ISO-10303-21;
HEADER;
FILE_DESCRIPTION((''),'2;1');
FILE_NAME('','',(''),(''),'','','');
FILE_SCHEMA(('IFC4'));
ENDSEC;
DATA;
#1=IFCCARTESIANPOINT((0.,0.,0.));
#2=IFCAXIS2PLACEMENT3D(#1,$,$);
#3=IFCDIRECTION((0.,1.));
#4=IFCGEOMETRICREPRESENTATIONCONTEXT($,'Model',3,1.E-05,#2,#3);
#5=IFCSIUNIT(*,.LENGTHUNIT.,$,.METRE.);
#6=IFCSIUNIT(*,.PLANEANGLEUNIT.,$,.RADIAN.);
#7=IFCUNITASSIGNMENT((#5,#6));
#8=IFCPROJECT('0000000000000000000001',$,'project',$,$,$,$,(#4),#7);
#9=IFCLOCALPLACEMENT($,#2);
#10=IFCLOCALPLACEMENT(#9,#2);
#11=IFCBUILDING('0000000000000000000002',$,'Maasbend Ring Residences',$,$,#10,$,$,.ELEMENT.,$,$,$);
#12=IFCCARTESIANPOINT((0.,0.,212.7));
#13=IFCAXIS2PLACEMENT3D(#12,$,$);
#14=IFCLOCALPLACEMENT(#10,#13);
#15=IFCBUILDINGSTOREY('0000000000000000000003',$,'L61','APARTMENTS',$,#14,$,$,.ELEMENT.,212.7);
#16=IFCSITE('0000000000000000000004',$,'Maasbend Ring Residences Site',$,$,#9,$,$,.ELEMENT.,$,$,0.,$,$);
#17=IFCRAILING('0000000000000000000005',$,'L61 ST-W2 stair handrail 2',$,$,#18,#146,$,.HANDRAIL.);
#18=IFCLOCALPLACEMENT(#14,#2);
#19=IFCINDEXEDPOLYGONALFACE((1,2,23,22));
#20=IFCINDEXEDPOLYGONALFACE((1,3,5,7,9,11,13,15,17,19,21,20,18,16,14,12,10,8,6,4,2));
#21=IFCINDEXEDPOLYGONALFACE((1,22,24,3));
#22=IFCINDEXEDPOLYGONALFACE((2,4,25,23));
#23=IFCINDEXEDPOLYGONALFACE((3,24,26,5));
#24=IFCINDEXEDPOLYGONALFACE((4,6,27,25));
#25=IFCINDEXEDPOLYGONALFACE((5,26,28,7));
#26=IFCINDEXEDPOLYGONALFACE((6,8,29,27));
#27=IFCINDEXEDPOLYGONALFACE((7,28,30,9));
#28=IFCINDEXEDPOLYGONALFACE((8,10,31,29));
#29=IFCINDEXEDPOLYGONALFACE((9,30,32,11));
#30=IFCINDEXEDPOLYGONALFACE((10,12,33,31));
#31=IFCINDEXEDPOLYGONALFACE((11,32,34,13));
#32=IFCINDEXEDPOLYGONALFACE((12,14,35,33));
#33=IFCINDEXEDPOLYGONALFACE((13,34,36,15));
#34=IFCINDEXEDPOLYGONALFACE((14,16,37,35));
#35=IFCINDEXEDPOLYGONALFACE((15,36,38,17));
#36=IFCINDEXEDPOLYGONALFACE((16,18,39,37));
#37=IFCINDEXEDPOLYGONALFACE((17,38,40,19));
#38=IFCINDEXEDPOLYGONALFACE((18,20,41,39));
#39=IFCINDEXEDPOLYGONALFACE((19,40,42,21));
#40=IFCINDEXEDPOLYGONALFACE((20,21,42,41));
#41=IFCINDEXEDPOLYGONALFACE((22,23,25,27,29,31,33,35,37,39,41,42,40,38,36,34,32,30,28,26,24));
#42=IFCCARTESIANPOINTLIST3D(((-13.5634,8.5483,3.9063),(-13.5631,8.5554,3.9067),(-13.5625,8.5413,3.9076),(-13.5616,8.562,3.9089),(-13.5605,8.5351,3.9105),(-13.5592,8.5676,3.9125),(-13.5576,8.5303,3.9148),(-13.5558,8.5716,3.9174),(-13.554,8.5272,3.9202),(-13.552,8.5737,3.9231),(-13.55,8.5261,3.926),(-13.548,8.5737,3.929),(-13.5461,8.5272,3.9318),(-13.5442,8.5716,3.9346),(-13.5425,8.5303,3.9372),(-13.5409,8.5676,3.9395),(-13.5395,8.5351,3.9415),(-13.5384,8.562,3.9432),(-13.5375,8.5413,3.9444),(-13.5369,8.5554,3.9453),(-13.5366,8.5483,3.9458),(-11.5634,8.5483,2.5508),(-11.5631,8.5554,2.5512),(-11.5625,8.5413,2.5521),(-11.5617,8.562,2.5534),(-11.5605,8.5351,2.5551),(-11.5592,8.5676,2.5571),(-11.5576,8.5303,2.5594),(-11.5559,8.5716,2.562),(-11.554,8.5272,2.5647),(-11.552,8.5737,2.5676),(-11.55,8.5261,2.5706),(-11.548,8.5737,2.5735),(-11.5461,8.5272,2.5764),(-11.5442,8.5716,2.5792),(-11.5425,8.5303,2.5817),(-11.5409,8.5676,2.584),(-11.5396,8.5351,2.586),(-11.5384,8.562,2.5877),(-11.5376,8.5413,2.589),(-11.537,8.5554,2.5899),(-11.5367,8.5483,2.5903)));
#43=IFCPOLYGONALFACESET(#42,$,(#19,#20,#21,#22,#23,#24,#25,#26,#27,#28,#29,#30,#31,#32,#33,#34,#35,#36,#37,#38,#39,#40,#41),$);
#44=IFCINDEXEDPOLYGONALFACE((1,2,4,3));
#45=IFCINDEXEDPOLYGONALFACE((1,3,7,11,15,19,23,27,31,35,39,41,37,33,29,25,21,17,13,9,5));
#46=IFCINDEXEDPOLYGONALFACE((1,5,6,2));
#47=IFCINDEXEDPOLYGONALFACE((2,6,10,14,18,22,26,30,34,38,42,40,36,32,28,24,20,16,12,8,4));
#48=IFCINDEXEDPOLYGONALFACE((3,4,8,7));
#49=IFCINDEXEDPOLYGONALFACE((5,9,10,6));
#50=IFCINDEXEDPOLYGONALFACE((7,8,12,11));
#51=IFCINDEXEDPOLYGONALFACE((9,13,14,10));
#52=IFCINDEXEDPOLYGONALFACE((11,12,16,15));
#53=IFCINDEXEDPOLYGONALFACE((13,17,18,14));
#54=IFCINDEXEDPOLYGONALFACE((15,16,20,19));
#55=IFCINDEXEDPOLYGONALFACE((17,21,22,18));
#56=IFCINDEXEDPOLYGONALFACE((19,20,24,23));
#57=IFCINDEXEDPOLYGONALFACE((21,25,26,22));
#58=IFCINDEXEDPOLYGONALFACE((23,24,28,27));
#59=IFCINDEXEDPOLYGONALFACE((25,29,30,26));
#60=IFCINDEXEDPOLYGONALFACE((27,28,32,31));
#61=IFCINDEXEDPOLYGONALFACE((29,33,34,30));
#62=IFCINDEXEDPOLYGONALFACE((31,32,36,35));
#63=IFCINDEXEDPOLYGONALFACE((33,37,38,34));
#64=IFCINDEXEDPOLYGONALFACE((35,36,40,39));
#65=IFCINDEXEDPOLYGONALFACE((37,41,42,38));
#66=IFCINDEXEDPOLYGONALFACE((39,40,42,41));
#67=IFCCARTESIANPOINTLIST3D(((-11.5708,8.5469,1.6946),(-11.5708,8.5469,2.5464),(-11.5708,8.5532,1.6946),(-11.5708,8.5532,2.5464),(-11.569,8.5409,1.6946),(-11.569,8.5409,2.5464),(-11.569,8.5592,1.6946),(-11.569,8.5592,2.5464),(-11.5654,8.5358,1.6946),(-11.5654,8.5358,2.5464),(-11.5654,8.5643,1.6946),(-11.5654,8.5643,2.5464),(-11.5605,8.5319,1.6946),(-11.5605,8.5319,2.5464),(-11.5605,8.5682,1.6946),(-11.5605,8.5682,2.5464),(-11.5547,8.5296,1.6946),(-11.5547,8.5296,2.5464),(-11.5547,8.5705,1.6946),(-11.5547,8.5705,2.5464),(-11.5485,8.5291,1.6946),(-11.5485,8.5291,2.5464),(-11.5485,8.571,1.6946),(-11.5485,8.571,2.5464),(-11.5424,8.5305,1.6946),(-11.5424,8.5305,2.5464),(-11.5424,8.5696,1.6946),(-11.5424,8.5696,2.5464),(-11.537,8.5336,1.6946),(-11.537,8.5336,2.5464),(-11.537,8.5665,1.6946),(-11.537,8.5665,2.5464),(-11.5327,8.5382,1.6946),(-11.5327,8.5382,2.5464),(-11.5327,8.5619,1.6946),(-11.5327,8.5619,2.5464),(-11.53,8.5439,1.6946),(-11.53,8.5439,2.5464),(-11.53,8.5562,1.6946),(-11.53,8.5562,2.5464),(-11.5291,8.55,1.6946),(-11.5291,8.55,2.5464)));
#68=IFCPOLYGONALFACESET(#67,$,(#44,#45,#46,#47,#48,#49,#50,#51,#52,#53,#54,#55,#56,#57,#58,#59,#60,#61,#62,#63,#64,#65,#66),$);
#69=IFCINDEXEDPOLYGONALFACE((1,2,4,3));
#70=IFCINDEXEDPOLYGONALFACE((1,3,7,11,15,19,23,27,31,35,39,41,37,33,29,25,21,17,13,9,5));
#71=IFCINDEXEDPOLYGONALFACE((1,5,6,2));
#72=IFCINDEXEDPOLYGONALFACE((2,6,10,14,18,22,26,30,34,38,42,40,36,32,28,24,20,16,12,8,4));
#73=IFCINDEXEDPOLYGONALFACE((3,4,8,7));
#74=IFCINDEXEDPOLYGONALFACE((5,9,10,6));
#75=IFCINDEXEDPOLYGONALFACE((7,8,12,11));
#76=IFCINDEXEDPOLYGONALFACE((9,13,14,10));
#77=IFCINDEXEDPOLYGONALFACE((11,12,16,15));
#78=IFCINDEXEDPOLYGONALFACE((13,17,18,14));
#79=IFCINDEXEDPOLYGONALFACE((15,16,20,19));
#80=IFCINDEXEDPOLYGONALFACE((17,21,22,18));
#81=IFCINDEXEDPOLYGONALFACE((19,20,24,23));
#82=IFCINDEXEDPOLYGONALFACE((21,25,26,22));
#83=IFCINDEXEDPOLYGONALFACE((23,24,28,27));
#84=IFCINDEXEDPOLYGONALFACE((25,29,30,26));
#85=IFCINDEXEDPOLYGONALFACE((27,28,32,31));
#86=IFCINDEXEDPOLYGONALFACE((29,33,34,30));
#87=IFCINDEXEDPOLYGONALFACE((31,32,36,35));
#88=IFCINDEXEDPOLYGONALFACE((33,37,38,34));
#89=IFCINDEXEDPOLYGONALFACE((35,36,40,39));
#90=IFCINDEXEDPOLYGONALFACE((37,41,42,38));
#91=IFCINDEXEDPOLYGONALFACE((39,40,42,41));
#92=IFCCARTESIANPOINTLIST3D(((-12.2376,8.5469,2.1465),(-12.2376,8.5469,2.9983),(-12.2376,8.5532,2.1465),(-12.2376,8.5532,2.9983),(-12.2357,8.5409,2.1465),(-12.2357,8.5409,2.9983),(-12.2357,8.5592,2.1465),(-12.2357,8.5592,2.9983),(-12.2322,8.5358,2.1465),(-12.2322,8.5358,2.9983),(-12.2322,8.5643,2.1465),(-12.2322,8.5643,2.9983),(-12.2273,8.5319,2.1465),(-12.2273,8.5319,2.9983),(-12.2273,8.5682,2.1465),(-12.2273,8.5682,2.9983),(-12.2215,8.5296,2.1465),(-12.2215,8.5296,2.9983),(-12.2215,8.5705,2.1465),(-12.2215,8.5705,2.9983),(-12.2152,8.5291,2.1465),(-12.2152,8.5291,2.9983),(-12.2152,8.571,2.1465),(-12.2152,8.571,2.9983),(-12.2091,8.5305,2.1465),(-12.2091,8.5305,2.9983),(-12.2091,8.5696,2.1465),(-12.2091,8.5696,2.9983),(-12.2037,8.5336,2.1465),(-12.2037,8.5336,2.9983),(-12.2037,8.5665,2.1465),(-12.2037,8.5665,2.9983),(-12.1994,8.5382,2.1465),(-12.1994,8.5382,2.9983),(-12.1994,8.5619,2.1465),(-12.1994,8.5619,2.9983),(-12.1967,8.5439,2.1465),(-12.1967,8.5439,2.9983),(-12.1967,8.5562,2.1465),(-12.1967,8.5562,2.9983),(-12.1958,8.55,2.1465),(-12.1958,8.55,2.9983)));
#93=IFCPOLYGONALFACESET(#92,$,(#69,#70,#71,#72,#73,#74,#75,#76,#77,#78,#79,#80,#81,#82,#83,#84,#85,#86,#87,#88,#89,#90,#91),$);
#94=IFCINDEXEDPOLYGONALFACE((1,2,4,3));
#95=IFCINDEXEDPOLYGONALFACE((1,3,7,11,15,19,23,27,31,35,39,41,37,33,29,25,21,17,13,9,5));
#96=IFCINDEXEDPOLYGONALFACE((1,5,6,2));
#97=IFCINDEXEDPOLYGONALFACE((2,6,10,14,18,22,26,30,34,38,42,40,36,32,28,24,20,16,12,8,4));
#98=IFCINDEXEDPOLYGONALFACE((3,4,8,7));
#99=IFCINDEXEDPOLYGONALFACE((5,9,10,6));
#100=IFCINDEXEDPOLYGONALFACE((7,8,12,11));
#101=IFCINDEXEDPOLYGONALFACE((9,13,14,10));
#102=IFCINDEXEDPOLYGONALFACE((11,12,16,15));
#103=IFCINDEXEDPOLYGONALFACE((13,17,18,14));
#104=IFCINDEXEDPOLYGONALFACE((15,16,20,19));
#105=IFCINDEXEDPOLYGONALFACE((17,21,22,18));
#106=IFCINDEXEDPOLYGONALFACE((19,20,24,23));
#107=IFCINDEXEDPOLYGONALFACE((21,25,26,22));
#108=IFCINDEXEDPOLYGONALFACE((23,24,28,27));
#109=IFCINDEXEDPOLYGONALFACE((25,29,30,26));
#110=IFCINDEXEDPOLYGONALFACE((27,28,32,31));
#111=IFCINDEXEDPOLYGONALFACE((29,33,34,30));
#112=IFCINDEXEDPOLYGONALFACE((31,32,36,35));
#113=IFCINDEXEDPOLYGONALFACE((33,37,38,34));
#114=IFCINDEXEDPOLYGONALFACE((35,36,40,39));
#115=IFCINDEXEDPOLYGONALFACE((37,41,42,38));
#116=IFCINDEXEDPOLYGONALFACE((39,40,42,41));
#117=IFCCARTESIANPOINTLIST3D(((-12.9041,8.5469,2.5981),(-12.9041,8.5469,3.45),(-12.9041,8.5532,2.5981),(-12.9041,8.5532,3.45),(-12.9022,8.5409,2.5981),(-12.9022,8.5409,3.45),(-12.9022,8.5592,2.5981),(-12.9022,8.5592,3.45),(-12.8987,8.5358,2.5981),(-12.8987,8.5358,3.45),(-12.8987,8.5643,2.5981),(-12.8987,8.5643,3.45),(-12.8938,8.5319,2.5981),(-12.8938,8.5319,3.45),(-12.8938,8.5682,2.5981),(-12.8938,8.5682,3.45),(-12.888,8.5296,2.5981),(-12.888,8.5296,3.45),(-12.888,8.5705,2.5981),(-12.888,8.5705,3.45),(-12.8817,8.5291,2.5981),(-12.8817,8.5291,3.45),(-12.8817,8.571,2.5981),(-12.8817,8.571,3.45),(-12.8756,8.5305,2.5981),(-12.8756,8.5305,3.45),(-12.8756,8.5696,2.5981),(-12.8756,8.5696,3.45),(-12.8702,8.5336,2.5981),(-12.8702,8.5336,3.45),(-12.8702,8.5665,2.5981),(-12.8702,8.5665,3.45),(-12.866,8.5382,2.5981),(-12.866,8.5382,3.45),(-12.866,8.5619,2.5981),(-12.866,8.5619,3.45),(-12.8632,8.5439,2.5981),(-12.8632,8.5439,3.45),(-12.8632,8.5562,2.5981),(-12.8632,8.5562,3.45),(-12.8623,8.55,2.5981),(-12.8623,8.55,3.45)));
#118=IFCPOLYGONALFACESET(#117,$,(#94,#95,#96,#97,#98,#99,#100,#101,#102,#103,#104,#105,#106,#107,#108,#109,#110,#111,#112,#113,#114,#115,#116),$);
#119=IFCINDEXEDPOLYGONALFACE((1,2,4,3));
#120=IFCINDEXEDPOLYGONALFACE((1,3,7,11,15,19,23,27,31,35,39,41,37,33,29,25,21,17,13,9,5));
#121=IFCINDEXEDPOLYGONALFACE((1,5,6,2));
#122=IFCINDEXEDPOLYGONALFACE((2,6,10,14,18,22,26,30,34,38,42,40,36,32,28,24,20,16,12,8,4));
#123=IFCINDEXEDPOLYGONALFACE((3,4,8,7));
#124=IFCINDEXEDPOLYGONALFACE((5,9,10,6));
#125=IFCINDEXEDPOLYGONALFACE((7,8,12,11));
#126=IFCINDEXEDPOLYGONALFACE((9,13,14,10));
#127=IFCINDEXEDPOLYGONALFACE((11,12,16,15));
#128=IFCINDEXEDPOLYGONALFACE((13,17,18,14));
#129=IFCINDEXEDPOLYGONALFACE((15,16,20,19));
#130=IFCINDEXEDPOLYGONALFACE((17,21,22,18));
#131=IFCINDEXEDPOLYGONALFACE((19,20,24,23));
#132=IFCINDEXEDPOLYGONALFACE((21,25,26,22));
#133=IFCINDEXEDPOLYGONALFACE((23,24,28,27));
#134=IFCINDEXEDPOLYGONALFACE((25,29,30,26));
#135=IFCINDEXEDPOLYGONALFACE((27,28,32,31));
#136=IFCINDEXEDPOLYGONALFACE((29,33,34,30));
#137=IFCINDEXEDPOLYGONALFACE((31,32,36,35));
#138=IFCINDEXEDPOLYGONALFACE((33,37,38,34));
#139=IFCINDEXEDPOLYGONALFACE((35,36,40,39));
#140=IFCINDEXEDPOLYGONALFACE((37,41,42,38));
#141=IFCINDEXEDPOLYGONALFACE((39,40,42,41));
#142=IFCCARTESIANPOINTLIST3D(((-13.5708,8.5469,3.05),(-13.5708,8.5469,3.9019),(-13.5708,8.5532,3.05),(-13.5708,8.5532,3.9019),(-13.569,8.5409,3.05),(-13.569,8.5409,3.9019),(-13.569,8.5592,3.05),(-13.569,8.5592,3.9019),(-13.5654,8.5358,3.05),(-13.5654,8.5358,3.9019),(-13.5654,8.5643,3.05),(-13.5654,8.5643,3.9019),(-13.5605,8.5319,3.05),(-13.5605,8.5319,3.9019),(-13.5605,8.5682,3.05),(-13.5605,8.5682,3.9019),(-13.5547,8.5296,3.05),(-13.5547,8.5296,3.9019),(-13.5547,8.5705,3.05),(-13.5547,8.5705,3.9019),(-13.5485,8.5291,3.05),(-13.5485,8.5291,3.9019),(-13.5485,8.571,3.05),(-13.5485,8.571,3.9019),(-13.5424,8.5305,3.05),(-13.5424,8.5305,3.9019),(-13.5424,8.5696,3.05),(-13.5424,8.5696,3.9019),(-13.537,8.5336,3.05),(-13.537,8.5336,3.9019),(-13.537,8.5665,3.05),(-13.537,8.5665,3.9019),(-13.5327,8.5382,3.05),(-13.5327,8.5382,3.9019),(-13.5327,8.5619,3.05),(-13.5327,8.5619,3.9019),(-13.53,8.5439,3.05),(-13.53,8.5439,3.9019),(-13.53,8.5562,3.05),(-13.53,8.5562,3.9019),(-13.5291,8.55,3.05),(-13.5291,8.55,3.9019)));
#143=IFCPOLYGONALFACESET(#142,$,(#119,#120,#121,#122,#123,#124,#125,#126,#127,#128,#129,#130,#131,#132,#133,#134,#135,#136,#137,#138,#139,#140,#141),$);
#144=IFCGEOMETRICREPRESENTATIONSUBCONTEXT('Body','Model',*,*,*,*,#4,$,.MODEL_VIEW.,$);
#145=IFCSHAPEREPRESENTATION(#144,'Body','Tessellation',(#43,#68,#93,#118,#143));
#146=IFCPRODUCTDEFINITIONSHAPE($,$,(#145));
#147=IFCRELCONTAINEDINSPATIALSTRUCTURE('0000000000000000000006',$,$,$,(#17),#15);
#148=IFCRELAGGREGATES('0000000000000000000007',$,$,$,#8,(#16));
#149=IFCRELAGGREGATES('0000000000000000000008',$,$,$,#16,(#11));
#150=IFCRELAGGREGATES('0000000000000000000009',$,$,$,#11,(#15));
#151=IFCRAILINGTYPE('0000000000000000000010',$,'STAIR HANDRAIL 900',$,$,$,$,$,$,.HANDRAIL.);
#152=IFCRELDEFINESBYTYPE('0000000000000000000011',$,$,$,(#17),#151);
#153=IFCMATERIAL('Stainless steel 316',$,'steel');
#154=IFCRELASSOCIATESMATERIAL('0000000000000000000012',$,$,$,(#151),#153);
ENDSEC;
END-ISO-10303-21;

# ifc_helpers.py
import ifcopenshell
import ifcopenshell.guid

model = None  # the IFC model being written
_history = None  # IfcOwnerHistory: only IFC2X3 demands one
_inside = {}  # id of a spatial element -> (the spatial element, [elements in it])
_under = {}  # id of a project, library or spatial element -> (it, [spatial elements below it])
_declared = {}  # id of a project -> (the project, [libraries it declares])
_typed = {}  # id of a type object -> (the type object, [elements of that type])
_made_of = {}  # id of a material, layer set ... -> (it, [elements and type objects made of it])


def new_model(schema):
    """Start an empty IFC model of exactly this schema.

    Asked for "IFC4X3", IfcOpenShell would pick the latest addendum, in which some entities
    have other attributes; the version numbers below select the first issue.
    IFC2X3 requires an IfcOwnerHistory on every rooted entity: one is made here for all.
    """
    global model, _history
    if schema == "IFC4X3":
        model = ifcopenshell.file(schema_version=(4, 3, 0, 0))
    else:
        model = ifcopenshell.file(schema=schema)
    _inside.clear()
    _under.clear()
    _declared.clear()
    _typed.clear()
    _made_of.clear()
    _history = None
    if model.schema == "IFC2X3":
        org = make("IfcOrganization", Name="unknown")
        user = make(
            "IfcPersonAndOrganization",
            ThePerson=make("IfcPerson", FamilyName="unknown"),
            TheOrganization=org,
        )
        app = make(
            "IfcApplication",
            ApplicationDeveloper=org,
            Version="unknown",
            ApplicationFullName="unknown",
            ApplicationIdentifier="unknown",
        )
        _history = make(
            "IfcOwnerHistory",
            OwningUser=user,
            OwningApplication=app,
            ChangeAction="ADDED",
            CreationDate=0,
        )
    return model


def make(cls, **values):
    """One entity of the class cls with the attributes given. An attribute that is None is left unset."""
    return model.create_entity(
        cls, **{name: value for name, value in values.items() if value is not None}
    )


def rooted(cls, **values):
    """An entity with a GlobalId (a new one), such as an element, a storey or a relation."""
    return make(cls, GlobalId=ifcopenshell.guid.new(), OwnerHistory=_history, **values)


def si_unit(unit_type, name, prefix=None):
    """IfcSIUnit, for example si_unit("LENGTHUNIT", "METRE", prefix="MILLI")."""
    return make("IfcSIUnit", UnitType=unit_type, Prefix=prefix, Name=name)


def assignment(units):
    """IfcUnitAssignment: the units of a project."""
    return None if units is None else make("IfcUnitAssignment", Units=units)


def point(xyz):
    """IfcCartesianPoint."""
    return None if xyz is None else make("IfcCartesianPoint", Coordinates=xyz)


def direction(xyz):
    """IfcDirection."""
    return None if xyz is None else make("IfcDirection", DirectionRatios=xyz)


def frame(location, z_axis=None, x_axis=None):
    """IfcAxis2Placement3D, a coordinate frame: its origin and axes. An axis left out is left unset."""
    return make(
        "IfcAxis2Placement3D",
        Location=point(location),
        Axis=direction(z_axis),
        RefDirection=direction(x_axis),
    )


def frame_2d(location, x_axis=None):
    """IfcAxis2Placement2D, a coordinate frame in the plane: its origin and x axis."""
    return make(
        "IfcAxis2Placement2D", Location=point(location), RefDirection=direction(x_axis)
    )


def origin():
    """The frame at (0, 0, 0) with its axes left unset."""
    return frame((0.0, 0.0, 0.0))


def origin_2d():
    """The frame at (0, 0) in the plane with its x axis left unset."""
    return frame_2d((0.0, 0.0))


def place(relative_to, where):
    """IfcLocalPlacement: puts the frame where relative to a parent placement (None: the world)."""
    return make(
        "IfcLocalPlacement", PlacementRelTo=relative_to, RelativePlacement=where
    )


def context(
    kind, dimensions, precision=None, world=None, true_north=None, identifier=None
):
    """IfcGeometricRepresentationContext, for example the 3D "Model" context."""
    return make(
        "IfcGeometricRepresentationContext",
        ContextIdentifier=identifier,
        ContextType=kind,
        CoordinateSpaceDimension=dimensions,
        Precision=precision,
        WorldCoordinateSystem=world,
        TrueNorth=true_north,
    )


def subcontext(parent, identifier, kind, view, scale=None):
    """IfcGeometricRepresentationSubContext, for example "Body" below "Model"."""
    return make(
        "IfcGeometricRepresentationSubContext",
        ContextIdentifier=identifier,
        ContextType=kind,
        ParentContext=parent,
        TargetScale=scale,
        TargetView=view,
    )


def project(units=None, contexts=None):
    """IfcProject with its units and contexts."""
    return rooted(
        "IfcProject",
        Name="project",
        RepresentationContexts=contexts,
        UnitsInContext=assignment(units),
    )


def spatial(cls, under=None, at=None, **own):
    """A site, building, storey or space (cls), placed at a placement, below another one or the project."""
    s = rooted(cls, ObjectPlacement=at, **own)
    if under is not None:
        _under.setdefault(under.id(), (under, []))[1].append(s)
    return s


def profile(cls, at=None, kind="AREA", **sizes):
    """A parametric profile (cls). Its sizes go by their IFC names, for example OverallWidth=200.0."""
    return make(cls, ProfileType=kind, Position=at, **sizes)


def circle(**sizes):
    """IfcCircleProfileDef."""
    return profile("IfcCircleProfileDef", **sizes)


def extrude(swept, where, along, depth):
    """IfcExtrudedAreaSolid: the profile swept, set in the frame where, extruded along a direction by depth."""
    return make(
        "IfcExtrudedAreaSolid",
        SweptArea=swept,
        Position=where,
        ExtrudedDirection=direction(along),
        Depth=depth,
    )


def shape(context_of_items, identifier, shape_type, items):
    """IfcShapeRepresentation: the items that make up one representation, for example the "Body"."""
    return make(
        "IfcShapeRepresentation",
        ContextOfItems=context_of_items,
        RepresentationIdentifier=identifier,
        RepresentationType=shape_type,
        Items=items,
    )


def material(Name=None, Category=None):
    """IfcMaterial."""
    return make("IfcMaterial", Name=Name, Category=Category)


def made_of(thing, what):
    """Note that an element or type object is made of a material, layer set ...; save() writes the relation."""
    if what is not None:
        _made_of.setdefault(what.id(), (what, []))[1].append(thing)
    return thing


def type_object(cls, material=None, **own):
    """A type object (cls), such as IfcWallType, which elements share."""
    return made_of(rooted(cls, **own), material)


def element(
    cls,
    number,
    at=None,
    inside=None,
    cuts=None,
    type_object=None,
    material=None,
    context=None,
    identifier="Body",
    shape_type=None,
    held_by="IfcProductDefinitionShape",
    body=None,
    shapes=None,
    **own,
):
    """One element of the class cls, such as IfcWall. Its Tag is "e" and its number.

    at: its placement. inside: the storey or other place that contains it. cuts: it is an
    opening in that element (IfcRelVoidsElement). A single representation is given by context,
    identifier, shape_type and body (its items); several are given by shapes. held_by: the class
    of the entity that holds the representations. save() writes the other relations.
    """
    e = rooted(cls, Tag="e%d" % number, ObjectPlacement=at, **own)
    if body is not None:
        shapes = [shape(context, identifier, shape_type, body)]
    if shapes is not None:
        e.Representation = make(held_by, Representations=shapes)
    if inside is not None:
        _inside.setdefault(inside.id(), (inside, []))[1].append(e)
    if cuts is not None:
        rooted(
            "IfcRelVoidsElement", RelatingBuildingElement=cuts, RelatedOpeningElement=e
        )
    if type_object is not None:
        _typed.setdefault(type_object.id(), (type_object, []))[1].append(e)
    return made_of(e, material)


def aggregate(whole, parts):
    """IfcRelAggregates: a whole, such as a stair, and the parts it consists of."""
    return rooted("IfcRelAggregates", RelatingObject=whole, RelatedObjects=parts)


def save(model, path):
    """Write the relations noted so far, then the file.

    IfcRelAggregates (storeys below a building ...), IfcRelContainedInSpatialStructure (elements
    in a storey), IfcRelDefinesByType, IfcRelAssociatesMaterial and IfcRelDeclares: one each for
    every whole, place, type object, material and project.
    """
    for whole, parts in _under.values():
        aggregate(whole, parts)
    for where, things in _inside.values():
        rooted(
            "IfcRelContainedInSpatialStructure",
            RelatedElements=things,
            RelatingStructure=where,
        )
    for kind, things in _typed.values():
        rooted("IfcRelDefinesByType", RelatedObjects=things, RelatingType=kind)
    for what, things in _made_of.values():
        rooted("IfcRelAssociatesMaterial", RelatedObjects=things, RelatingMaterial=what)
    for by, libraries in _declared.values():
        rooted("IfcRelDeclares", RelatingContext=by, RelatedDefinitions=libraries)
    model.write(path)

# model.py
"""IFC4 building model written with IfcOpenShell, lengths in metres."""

from ifc_helpers import new_model, si_unit, direction, frame, origin, origin_2d, place, context, subcontext, project, spatial, circle, extrude, material, type_object, element, save


model = new_model("IFC4")

# Units and contexts
model_context = context("Model", 3, precision=1e-05, world=origin(), true_north=direction((0.0, 1.0)))
body_context = subcontext(model_context, "Body", "Model", "MODEL_VIEW")
ifc_project = project(units=[si_unit("LENGTHUNIT", "METRE"), si_unit("PLANEANGLEUNIT", "RADIAN")], contexts=[model_context])

# Site, building, storey
site_placement = place(None, origin())
site = spatial("IfcSite", under=ifc_project, at=site_placement, Name="Maasbend Ring Residences Site", CompositionType="ELEMENT", RefElevation=0.0)
building_placement = place(site_placement, origin())
building = spatial("IfcBuilding", under=site, at=building_placement, Name="Maasbend Ring Residences", CompositionType="ELEMENT")
storey_placement = place(building_placement, frame((0.0, 0.0, 212.7)))
storey = spatial("IfcBuildingStorey", under=building, at=storey_placement, Name="L61", Description="APARTMENTS", CompositionType="ELEMENT", Elevation=212.7)

# Railing
ifc_material_1 = material(Name="Stainless steel 316", Category="steel")
railing_type = type_object("IfcRailingType", Name="STAIR HANDRAIL 900", PredefinedType="HANDRAIL", material=ifc_material_1)
railing_placement = place(storey_placement, frame((-11.55, 8.55, 1.6946)))
element("IfcRailing", 1, at=railing_placement, inside=storey, type_object=railing_type, Name="L61 ST-W2 stair handrail 2", PredefinedType="HANDRAIL", context=body_context, shape_type="SweptSolid", body=[
    extrude(circle(Radius=0.0239, at=origin_2d()), frame((0.0, 0.0, 0.876), z_axis=(-0.827798, 0.0, 0.561027), x_axis=(0.0, -1.0, 0.0)), (0.0, 0.0, 1.0), 2.416),
    extrude(circle(Radius=0.021, at=origin_2d()), origin(), (0.0, 0.0, 1.0), 0.8518),
    extrude(circle(Radius=0.021, at=origin_2d()), frame((-0.6667, 0.0, 0.4519)), (0.0, 0.0, 1.0), 0.8518),
    extrude(circle(Radius=0.021, at=origin_2d()), frame((-1.3333, 0.0, 0.9036)), (0.0, 0.0, 1.0), 0.8518),
    extrude(circle(Radius=0.021, at=origin_2d()), frame((-2.0, 0.0, 1.3555)), (0.0, 0.0, 1.0), 0.8518),
])

save(model, "model.ifc")
